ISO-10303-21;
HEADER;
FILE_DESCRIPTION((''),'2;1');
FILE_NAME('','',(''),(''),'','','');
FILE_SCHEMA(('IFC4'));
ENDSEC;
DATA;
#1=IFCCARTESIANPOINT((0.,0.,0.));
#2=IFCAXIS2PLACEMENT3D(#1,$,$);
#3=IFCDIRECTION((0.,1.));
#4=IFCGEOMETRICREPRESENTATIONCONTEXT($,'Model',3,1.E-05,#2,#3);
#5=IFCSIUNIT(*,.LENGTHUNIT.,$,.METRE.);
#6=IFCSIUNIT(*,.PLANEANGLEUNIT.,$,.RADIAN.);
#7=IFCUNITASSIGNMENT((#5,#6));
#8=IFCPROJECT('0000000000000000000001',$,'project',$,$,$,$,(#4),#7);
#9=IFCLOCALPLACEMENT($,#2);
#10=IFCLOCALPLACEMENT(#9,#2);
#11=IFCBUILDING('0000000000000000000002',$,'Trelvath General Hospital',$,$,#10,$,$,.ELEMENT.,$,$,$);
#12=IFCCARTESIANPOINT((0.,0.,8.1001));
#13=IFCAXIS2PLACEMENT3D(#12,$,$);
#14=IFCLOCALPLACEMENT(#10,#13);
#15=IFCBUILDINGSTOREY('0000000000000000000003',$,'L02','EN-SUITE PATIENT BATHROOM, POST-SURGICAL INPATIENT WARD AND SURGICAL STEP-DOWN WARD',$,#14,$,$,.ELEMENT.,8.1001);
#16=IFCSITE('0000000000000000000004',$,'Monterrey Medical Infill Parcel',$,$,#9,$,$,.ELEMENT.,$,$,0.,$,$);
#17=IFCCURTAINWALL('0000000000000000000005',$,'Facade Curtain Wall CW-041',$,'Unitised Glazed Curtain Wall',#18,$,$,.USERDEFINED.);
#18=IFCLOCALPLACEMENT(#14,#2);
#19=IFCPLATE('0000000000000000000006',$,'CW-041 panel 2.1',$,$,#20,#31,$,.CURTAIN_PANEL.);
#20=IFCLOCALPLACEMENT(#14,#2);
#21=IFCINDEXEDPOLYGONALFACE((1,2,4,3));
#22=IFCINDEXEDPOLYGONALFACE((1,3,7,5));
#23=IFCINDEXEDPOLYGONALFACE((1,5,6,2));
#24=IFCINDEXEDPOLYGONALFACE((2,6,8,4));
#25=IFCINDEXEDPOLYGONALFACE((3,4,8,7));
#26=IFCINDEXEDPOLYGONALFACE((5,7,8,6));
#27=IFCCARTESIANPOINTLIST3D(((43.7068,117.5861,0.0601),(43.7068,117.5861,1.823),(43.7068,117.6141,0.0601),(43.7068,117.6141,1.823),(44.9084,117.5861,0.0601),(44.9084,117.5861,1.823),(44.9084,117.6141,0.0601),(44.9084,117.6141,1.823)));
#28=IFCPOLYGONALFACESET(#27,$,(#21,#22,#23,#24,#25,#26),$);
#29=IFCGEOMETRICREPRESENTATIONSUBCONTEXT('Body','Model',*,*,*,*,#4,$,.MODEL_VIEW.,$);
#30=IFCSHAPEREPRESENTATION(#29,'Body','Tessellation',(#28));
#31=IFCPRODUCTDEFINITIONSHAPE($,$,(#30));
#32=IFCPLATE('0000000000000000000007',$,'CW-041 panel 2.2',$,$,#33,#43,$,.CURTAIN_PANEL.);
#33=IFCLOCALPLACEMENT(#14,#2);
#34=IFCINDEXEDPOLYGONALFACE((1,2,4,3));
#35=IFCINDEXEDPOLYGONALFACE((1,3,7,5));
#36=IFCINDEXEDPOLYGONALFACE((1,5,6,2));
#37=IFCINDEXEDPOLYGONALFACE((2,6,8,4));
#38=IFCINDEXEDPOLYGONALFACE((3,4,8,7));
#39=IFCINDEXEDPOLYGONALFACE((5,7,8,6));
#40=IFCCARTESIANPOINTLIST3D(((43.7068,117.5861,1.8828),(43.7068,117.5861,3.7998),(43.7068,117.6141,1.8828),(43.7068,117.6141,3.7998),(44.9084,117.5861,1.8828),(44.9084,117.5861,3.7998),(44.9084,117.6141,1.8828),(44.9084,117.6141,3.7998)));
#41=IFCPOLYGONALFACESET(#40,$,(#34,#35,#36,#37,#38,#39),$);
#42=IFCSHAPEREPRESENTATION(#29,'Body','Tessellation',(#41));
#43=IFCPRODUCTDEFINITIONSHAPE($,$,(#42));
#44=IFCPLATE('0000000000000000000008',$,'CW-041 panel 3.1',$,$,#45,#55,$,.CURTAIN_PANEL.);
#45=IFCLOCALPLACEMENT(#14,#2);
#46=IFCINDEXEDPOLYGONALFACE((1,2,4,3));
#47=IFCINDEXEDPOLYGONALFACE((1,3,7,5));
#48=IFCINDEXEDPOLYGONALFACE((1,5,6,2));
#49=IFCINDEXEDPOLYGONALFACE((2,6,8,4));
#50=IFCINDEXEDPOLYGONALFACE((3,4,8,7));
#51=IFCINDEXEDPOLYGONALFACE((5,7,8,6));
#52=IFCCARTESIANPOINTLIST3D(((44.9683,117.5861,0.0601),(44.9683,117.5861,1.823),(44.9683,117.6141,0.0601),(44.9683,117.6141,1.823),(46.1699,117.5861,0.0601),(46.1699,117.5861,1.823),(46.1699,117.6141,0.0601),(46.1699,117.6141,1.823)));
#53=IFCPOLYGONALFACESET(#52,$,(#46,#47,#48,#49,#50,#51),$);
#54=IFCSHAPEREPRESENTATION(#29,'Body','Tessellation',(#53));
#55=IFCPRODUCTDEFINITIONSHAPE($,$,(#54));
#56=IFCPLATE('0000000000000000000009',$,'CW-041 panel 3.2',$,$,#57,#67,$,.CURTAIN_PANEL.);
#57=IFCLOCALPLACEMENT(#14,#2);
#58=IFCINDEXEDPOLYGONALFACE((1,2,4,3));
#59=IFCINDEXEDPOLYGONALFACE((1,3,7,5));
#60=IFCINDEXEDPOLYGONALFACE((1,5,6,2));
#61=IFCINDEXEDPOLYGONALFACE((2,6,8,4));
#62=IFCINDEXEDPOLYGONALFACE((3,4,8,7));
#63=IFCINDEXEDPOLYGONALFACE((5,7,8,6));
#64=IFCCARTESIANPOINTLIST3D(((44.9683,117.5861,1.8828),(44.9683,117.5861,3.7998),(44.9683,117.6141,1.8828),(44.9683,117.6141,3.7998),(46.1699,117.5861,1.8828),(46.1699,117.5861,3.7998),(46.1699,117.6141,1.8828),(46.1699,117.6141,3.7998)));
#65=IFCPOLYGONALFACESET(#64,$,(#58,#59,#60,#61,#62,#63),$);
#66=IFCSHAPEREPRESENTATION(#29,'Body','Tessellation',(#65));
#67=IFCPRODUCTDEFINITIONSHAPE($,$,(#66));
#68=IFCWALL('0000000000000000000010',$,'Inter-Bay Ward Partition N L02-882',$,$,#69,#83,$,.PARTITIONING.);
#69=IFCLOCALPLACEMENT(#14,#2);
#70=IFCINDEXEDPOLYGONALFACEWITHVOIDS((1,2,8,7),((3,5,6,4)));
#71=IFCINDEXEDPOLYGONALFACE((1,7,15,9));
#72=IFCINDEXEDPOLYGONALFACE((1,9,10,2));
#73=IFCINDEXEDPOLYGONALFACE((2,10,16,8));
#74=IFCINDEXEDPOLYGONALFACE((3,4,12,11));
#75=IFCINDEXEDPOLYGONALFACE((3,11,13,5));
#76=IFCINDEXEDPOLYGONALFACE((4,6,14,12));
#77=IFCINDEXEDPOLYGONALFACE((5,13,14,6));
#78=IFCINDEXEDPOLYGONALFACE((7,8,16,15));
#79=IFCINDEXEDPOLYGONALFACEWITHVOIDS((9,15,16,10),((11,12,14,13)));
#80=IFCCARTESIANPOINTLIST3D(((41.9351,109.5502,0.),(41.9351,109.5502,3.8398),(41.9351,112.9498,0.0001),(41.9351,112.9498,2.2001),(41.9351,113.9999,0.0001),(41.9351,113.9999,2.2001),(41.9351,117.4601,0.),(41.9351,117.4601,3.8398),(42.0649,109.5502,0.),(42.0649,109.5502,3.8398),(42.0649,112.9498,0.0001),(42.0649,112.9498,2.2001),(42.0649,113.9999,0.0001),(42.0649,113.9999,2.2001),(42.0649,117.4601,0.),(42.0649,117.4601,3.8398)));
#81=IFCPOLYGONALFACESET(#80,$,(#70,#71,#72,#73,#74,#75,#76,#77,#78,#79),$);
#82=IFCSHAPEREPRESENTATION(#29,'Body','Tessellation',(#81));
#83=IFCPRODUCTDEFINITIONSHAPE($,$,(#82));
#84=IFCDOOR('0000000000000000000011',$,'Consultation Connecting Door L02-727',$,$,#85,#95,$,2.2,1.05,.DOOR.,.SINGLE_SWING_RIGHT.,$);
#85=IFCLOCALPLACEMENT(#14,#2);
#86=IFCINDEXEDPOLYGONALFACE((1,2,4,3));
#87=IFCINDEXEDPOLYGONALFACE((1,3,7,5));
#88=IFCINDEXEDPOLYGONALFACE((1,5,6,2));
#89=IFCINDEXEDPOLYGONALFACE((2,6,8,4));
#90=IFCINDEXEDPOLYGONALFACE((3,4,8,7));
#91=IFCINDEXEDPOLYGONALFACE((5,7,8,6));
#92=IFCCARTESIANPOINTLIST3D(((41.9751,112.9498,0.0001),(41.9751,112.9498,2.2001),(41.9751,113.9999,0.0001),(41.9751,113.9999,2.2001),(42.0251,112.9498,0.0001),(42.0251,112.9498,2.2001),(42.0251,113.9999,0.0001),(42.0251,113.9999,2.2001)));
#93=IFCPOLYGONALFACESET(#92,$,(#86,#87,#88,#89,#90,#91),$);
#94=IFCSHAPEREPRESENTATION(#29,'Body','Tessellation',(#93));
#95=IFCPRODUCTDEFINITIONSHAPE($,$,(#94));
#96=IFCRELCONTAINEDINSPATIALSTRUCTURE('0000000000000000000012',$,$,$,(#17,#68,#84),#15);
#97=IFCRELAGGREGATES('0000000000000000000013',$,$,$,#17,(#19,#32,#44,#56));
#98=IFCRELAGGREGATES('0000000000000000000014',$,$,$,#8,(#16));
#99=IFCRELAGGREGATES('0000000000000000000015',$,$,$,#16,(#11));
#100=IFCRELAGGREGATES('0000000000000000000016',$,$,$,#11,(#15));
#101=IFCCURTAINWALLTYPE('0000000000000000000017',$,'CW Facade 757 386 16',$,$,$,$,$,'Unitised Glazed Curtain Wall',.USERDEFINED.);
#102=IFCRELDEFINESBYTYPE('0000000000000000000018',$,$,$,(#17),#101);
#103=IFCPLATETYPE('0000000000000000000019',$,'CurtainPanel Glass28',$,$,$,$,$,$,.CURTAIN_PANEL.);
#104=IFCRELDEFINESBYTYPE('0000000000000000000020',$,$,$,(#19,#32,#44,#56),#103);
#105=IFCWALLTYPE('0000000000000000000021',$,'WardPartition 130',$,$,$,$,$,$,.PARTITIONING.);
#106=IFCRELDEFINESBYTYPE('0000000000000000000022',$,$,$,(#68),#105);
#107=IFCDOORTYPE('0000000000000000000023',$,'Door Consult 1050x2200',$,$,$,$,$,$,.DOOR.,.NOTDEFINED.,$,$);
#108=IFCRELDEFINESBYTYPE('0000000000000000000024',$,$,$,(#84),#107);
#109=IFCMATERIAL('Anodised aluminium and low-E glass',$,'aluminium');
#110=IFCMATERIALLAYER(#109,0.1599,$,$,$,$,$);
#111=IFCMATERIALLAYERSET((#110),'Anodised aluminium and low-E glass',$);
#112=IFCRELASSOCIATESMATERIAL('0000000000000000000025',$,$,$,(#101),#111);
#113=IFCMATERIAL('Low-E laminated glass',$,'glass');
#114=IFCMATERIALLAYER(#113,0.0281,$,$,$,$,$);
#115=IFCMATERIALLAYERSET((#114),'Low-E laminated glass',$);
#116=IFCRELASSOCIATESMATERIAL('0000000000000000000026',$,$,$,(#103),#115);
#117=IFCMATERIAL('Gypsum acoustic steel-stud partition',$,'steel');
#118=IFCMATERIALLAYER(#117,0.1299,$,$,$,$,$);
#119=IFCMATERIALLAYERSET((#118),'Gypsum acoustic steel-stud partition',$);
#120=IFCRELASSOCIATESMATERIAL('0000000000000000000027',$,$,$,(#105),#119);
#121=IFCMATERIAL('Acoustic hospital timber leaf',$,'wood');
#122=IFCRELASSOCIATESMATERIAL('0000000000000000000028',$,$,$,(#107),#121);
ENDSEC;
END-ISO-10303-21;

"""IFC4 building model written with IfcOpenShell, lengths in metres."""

from ifc_helpers import new_model, si_unit, direction, frame, frame_2d, origin, origin_2d, place, context, subcontext, project, spatial, rectangle, extrude, material, layer, layer_set, type_object, element, fill, aggregate, save


model = new_model("IFC4")

# Units and contexts
model_context = context("Model", 3, precision=1e-05, world=origin(), true_north=direction((0.0, 1.0)))
body_context = subcontext(model_context, "Body", "Model", "MODEL_VIEW")
ifc_project = project(units=[si_unit("LENGTHUNIT", "METRE"), si_unit("PLANEANGLEUNIT", "RADIAN")], contexts=[model_context])

# Site, building, storey
site_placement = place(None, origin())
site = spatial("IfcSite", under=ifc_project, at=site_placement, Name="Monterrey Medical Infill Parcel", CompositionType="ELEMENT", RefElevation=0.0)
building_placement = place(site_placement, origin())
building = spatial("IfcBuilding", under=site, at=building_placement, Name="Trelvath General Hospital", CompositionType="ELEMENT")
storey_placement = place(building_placement, frame((0.0, 0.0, 8.1001)))
storey = spatial("IfcBuildingStorey", under=building, at=storey_placement, Name="L02", Description="EN-SUITE PATIENT BATHROOM, POST-SURGICAL INPATIENT WARD AND SURGICAL STEP-DOWN WARD", CompositionType="ELEMENT", Elevation=8.1001)

# Curtain wall, plates
ifc_material_1 = material(Name="Anodised aluminium and low-E glass", Category="aluminium")
ifc_layer_1 = layer(ifc_material_1, 0.1599)
ifc_layer_set_1 = layer_set([ifc_layer_1], Name="Anodised aluminium and low-E glass")
curtain_wall_type = type_object("IfcCurtainWallType", Name="CW Facade 757 386 16", ElementType="Unitised Glazed Curtain Wall", PredefinedType="USERDEFINED", material=ifc_layer_set_1)
curtain_wall_placement = place(storey_placement, origin())
curtain_wall = element("IfcCurtainWall", 1, at=curtain_wall_placement, inside=storey, type_object=curtain_wall_type, Name="Facade Curtain Wall CW-041", ObjectType="Unitised Glazed Curtain Wall", PredefinedType="USERDEFINED")
ifc_material_2 = material(Name="Low-E laminated glass", Category="glass")
ifc_layer_2 = layer(ifc_material_2, 0.0281)
ifc_layer_set_2 = layer_set([ifc_layer_2], Name="Low-E laminated glass")
plate_type = type_object("IfcPlateType", Name="CurtainPanel Glass28", PredefinedType="CURTAIN_PANEL", material=ifc_layer_set_2)
plate_1_placement = place(storey_placement, frame((44.3076, 117.6001, 0.0601), z_axis=(0.0, 0.0, 1.0), x_axis=(1.0, 0.0, 0.0)))
plate_1 = element("IfcPlate", 2, at=plate_1_placement, type_object=plate_type, Name="CW-041 panel 2.1", PredefinedType="CURTAIN_PANEL", context=body_context, shape_type="SweptSolid", body=[
    extrude(rectangle(XDim=1.2017, YDim=0.0281, at=origin_2d()), origin(), (0.0, 0.0, 1.0), 1.7629),
])
plate_2_placement = place(storey_placement, frame((44.3076, 117.6001, 1.8828), z_axis=(0.0, 0.0, 1.0), x_axis=(1.0, 0.0, 0.0)))
plate_2 = element("IfcPlate", 3, at=plate_2_placement, type_object=plate_type, Name="CW-041 panel 2.2", PredefinedType="CURTAIN_PANEL", context=body_context, shape_type="SweptSolid", body=[
    extrude(rectangle(XDim=1.2017, YDim=0.0281, at=origin_2d()), origin(), (0.0, 0.0, 1.0), 1.917),
])
plate_3_placement = place(storey_placement, frame((45.5691, 117.6001, 0.0601), z_axis=(0.0, 0.0, 1.0), x_axis=(1.0, 0.0, 0.0)))
plate_3 = element("IfcPlate", 4, at=plate_3_placement, type_object=plate_type, Name="CW-041 panel 3.1", PredefinedType="CURTAIN_PANEL", context=body_context, shape_type="SweptSolid", body=[
    extrude(rectangle(XDim=1.2017, YDim=0.0281, at=origin_2d()), origin(), (0.0, 0.0, 1.0), 1.7629),
])
plate_4_placement = place(storey_placement, frame((45.5691, 117.6001, 1.8828), z_axis=(0.0, 0.0, 1.0), x_axis=(1.0, 0.0, 0.0)))
plate_4 = element("IfcPlate", 5, at=plate_4_placement, type_object=plate_type, Name="CW-041 panel 3.2", PredefinedType="CURTAIN_PANEL", context=body_context, shape_type="SweptSolid", body=[
    extrude(rectangle(XDim=1.2017, YDim=0.0281, at=origin_2d()), origin(), (0.0, 0.0, 1.0), 1.917),
])
aggregate(curtain_wall, [plate_1, plate_2, plate_3, plate_4])

# Wall, opening, door
ifc_material_3 = material(Name="Gypsum acoustic steel-stud partition", Category="steel")
ifc_layer_3 = layer(ifc_material_3, 0.1299)
ifc_layer_set_3 = layer_set([ifc_layer_3], Name="Gypsum acoustic steel-stud partition")
wall_type = type_object("IfcWallType", Name="WardPartition 130", PredefinedType="PARTITIONING", material=ifc_layer_set_3)
wall_placement = place(storey_placement, frame((42.0, 109.55, 0.0), z_axis=(0.0, 0.0, 1.0), x_axis=(0.0, 1.0, 0.0)))
wall = element("IfcWall", 6, at=wall_placement, inside=storey, type_object=wall_type, Name="Inter-Bay Ward Partition N L02-882", PredefinedType="PARTITIONING", context=body_context, shape_type="SweptSolid", body=[
    extrude(rectangle(XDim=7.9099, YDim=0.1299, at=frame_2d((3.9551, 0.0))), origin(), (0.0, 0.0, 1.0), 3.8398),
])
opening_placement = place(wall_placement, frame((3.3999, 0.0, 0.0)))
opening = element("IfcOpeningElement", 7, at=opening_placement, cuts=wall, PredefinedType="OPENING", context=body_context, shape_type="SweptSolid", body=[
    extrude(rectangle(XDim=1.05, YDim=2.2, at=frame_2d((0.5249, 1.1001))), frame((0.0, 0.075, 0.0), z_axis=(0.0, -1.0, 0.0), x_axis=(1.0, 0.0, 0.0)), (0.0, 0.0, 1.0), 0.1499),
])
ifc_material_4 = material(Name="Acoustic hospital timber leaf", Category="wood")
door_type = type_object("IfcDoorType", Name="Door Consult 1050x2200", OperationType="NOTDEFINED", PredefinedType="DOOR", material=ifc_material_4)
door_placement = place(opening_placement, origin())
door = element("IfcDoor", 8, at=door_placement, inside=storey, type_object=door_type, Name="Consultation Connecting Door L02-727", OperationType="SINGLE_SWING_RIGHT", OverallHeight=2.2, OverallWidth=1.05, PredefinedType="DOOR", context=body_context, shape_type="SweptSolid", body=[
    extrude(rectangle(XDim=1.05, YDim=2.2, at=frame_2d((0.5249, 1.1001))), frame((0.0, 0.0249, 0.0), z_axis=(0.0, -1.0, 0.0), x_axis=(1.0, 0.0, 0.0)), (0.0, 0.0, 1.0), 0.05),
])
fill(opening, door)

save(model, "model.ifc")
